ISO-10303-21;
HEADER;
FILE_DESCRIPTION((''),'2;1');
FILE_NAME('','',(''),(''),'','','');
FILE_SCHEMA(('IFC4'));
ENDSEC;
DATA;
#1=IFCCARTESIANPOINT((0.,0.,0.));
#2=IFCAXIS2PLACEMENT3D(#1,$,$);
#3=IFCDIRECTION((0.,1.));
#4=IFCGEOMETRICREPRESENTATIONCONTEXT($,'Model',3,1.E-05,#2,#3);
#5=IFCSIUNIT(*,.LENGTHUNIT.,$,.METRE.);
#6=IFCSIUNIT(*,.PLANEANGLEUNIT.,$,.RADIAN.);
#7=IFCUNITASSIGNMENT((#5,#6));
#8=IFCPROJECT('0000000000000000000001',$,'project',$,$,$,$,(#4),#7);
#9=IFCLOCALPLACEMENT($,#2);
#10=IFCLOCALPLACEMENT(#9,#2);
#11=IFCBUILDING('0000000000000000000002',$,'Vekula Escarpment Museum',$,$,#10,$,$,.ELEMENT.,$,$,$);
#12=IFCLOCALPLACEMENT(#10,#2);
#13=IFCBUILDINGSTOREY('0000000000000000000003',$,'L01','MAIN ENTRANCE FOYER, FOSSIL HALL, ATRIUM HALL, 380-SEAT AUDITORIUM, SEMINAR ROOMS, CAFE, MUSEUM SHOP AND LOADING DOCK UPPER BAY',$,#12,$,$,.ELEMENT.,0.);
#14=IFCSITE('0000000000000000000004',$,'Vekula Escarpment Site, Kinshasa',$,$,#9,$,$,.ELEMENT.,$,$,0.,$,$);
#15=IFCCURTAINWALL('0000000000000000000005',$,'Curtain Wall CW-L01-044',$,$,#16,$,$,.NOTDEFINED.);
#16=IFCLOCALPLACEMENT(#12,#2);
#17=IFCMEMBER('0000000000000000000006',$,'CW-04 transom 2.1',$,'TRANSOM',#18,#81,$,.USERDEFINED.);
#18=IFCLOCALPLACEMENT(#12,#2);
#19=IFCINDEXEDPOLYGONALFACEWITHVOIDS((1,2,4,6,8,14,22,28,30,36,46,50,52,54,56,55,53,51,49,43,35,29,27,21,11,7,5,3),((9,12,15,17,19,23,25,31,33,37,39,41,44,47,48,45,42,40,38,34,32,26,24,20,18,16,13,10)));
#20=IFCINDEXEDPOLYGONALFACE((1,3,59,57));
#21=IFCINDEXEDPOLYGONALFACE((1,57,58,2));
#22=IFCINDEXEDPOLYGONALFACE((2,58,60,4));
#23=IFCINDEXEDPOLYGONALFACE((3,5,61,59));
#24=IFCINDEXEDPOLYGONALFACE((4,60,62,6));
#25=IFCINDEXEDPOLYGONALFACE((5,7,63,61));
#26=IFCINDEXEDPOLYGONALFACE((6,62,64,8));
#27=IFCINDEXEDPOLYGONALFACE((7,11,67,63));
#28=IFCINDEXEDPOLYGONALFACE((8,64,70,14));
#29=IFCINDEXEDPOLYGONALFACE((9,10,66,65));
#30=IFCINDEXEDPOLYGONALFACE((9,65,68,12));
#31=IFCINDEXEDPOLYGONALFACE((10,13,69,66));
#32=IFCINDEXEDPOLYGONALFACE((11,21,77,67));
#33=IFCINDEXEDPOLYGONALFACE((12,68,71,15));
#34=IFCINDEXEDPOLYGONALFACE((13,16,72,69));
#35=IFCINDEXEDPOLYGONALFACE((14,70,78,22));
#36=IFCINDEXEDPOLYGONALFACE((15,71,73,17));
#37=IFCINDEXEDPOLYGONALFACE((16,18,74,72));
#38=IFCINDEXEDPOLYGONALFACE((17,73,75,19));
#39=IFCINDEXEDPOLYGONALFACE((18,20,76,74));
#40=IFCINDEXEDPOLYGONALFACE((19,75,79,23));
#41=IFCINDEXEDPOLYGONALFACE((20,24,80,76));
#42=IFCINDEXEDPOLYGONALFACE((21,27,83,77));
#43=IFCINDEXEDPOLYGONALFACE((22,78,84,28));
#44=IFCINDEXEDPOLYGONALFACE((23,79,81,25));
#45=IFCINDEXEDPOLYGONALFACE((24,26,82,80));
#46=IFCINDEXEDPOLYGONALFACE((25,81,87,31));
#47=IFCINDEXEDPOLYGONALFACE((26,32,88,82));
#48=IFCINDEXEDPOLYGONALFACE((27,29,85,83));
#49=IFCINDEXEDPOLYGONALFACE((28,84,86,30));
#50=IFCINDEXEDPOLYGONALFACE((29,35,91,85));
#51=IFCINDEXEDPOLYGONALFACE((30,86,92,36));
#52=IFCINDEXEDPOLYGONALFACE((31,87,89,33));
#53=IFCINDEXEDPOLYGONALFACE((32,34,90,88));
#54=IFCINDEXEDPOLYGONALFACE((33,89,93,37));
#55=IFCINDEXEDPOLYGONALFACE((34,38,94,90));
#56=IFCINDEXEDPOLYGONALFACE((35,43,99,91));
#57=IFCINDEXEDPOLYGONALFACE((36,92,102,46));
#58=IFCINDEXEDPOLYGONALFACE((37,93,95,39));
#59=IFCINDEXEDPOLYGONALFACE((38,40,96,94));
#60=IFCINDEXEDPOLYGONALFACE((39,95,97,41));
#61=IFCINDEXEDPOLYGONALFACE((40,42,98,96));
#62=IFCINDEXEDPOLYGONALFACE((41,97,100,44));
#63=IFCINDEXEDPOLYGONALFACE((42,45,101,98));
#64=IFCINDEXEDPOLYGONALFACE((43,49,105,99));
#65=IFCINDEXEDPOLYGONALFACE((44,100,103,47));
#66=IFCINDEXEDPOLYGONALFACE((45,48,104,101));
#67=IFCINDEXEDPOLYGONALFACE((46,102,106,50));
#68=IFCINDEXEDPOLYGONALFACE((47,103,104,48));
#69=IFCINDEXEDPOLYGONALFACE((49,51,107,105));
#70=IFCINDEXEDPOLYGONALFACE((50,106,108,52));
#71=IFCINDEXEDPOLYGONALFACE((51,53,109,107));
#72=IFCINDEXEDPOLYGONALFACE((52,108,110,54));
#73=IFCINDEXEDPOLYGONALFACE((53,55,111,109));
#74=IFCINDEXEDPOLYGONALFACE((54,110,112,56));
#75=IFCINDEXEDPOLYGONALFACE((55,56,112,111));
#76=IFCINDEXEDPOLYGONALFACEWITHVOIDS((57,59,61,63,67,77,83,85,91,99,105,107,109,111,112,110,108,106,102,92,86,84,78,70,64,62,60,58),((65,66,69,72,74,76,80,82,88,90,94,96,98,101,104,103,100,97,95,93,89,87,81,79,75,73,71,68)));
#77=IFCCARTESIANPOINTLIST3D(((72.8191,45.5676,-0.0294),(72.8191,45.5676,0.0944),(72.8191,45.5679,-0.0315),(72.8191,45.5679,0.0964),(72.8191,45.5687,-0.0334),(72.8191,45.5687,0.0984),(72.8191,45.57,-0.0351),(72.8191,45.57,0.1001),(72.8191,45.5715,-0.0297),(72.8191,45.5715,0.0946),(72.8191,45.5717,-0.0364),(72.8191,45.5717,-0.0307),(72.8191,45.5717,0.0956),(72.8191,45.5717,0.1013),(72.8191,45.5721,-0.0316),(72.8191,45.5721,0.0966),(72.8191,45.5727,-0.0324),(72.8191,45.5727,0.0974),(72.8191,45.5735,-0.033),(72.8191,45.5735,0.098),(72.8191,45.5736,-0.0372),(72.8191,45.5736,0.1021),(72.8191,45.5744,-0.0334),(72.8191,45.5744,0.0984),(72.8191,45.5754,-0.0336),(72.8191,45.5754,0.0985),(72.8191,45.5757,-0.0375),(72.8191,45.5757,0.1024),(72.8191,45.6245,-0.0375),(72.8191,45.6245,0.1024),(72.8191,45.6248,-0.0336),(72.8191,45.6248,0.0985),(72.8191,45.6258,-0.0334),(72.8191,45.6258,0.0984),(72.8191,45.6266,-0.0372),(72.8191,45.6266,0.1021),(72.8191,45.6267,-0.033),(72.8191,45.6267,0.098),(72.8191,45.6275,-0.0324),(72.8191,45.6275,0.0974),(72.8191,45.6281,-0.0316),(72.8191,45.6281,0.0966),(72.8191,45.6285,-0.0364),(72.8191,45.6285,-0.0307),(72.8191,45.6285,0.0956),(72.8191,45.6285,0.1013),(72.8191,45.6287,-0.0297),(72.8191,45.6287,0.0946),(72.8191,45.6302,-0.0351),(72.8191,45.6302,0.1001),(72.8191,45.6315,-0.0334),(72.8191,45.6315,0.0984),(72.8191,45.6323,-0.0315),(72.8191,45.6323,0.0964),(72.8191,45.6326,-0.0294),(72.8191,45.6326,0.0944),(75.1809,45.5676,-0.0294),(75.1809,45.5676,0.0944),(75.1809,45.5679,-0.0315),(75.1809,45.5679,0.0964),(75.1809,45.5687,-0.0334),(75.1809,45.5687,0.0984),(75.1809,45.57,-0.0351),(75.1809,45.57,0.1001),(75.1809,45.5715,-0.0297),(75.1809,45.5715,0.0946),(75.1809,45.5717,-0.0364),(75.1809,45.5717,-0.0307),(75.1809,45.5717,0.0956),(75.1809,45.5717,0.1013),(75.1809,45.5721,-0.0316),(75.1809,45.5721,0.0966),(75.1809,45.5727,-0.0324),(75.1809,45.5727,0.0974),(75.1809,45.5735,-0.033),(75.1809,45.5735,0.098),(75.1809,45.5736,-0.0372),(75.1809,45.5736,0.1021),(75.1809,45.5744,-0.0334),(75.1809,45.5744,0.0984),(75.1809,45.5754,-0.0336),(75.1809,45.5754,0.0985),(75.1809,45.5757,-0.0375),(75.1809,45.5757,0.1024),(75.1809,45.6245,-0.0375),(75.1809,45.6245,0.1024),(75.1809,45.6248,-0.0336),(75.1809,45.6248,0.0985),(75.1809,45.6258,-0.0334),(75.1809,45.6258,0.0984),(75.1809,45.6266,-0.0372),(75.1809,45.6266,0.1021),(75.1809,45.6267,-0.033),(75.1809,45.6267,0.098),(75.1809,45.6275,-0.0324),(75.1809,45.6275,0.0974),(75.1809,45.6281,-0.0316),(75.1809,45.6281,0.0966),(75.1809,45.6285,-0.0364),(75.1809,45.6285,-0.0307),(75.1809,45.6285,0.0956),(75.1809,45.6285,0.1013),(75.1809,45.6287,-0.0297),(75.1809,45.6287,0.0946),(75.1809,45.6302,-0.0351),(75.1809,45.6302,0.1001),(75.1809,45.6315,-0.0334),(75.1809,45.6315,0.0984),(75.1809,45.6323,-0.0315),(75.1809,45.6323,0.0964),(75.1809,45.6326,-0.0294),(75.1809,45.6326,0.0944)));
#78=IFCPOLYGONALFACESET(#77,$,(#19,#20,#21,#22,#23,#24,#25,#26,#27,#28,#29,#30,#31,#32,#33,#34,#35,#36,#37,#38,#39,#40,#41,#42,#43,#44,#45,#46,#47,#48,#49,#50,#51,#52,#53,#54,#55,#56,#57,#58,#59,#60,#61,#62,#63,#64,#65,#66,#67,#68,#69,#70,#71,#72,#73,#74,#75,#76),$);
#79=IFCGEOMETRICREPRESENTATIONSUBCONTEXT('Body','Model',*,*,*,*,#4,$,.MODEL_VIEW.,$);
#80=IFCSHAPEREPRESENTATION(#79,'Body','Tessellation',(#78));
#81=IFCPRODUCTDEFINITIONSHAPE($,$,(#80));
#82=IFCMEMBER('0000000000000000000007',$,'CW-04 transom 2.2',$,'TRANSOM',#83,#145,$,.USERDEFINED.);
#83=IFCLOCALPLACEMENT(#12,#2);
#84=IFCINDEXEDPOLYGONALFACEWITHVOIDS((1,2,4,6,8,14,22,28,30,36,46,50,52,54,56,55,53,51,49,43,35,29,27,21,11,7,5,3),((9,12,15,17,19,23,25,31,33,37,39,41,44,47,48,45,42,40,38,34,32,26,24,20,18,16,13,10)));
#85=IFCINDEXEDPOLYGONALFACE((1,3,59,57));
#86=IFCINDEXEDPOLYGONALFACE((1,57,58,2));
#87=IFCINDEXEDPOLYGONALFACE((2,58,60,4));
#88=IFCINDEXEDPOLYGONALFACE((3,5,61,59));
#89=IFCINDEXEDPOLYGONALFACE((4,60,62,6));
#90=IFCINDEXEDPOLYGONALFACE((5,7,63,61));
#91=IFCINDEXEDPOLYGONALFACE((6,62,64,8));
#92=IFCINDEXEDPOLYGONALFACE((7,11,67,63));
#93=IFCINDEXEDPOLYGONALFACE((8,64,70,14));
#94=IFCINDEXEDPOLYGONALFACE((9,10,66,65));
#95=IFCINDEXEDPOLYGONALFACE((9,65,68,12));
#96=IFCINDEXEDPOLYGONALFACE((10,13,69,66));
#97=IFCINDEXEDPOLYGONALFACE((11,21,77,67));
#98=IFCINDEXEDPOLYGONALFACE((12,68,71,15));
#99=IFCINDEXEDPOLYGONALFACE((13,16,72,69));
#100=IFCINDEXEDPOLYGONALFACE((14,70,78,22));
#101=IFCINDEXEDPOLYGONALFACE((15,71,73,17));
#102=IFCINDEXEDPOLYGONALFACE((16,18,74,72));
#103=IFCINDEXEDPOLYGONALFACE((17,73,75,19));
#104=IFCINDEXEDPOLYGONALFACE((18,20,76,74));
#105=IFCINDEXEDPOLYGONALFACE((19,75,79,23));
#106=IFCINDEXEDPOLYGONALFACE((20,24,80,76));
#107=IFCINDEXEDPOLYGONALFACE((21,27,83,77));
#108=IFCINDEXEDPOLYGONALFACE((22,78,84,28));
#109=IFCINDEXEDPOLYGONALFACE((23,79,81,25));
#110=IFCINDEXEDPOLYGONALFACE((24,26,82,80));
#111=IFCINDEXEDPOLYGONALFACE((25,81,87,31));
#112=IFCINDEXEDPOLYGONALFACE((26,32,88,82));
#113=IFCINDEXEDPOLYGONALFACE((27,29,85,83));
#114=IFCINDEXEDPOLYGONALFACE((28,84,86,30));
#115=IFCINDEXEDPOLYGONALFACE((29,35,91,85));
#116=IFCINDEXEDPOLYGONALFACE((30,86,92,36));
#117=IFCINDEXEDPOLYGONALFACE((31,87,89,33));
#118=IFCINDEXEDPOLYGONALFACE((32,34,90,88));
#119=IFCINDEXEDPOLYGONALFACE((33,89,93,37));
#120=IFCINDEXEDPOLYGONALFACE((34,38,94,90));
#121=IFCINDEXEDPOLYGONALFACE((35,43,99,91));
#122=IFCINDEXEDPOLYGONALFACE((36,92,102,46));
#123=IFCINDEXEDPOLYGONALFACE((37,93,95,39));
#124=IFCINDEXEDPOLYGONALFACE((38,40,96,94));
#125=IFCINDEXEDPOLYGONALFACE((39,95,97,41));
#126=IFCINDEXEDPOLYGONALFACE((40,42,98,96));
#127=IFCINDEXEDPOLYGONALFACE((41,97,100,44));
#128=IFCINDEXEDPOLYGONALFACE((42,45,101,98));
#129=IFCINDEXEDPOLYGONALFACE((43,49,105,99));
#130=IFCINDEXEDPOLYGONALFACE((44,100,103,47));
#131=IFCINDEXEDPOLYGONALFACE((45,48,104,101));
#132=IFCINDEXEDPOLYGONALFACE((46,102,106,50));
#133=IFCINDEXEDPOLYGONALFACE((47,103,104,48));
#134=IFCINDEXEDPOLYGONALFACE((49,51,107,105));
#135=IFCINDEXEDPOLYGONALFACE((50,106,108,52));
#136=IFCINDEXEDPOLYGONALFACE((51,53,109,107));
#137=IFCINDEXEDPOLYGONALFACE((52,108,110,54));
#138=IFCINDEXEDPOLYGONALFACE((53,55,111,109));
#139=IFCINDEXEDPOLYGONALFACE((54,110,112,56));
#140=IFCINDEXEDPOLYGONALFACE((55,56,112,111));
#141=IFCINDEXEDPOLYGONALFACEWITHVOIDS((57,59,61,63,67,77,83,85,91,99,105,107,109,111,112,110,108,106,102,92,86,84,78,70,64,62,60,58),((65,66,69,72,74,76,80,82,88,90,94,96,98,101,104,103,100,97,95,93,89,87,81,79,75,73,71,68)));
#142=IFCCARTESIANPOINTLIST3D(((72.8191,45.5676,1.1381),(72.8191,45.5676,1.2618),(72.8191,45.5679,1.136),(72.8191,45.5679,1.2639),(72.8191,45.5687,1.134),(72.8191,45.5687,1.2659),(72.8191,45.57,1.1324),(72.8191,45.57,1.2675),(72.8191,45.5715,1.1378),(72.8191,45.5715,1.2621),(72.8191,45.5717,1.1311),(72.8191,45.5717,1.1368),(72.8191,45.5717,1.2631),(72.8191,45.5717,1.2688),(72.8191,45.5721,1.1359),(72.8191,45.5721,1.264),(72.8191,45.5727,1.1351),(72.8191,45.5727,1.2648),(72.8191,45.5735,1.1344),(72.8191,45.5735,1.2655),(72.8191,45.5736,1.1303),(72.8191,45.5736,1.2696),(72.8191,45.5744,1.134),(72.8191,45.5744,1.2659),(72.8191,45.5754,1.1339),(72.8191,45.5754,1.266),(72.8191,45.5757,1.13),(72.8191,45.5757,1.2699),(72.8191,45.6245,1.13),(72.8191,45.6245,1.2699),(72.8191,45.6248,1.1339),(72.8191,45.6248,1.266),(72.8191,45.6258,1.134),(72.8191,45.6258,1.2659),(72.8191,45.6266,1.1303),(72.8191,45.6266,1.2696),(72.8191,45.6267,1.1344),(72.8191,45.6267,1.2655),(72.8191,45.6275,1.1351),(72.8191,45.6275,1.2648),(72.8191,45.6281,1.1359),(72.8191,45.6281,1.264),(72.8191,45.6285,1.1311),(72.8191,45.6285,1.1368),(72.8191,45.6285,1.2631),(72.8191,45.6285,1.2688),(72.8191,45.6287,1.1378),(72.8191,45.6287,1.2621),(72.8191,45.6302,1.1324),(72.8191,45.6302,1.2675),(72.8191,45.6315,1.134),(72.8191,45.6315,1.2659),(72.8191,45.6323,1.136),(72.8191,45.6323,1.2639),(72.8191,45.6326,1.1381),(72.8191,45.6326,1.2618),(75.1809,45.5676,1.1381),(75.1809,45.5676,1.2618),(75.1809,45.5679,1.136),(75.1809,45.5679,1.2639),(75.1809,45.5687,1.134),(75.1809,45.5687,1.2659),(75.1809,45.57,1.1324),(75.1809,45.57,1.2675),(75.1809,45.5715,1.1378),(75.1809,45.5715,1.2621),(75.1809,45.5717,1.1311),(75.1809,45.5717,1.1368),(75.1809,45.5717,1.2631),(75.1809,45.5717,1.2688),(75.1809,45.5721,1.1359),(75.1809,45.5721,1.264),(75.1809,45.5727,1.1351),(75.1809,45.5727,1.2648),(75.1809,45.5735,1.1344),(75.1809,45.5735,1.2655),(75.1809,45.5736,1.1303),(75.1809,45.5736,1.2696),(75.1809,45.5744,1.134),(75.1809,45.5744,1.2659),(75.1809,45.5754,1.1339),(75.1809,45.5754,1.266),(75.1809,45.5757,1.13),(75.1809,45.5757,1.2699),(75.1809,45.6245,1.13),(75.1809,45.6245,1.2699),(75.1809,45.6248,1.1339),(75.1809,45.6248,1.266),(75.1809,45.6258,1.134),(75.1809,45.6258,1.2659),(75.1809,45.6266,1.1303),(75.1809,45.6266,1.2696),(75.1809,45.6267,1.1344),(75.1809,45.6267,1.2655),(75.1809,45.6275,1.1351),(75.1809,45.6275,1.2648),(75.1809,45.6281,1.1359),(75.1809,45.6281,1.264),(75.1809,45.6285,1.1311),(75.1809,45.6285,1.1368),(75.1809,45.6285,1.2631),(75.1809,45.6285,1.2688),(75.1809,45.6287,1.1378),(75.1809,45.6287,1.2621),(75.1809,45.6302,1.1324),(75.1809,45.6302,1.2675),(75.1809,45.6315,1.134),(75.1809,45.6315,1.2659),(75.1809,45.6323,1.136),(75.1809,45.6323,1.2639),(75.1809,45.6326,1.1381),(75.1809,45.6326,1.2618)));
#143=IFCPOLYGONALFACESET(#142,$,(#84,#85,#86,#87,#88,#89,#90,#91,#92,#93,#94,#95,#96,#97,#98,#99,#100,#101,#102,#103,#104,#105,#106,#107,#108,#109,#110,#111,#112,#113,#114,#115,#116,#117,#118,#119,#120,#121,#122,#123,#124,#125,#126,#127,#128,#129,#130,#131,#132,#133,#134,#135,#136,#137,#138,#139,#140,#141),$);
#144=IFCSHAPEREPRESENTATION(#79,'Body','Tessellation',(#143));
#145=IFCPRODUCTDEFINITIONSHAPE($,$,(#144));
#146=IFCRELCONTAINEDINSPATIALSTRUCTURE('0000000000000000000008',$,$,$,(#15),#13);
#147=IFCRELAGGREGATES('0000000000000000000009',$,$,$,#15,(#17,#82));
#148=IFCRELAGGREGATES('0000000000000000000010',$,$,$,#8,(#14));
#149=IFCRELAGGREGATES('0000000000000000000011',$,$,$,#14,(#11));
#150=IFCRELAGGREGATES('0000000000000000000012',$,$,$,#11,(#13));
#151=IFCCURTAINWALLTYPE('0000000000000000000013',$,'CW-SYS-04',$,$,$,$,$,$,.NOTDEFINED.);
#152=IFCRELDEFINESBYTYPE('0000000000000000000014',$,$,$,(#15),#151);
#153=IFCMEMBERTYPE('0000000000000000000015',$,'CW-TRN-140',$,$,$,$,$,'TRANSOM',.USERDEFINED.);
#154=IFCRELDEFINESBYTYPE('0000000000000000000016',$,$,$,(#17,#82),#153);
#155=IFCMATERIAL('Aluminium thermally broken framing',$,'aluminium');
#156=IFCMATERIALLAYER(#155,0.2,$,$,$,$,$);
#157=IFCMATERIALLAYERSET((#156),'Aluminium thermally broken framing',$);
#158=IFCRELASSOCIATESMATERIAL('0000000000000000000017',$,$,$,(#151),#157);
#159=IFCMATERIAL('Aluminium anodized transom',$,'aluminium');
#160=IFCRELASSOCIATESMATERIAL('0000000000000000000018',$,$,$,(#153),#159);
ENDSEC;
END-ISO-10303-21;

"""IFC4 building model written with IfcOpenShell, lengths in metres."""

from ifc_helpers import new_model, si_unit, direction, frame, origin, origin_2d, place, context, subcontext, project, spatial, hollow_rectangle, extrude, material, layer, layer_set, material_profile, profile_set, type_object, element, aggregate, save


model = new_model("IFC4")

# Units and contexts
model_context = context("Model", 3, precision=1e-05, world=origin(), true_north=direction((0.0, 1.0)))
body_context = subcontext(model_context, "Body", "Model", "MODEL_VIEW")
ifc_project = project(units=[si_unit("LENGTHUNIT", "METRE"), si_unit("PLANEANGLEUNIT", "RADIAN")], contexts=[model_context])

# Site, building, storey
site_placement = place(None, origin())
site = spatial("IfcSite", under=ifc_project, at=site_placement, Name="Vekula Escarpment Site, Kinshasa", CompositionType="ELEMENT", RefElevation=0.0)
building_placement = place(site_placement, origin())
building = spatial("IfcBuilding", under=site, at=building_placement, Name="Vekula Escarpment Museum", CompositionType="ELEMENT")
storey_placement = place(building_placement, origin())
storey = spatial("IfcBuildingStorey", under=building, at=storey_placement, Name="L01", Description="MAIN ENTRANCE FOYER, FOSSIL HALL, ATRIUM HALL, 380-SEAT AUDITORIUM, SEMINAR ROOMS, CAFE, MUSEUM SHOP AND LOADING DOCK UPPER BAY", CompositionType="ELEMENT", Elevation=0.0)

# Curtain wall, members
ifc_material_1 = material(Name="Aluminium thermally broken framing", Category="aluminium")
ifc_layer_1 = layer(ifc_material_1, 0.2)
ifc_layer_set_1 = layer_set([ifc_layer_1], Name="Aluminium thermally broken framing")
curtain_wall_type = type_object("IfcCurtainWallType", Name="CW-SYS-04", PredefinedType="NOTDEFINED", material=ifc_layer_set_1)
curtain_wall_placement = place(storey_placement, origin())
curtain_wall = element("IfcCurtainWall", 1, at=curtain_wall_placement, inside=storey, type_object=curtain_wall_type, Name="Curtain Wall CW-L01-044", PredefinedType="NOTDEFINED")
ifc_material_2 = material(Name="Aluminium anodized transom", Category="aluminium")
ifc_material_profile_1 = material_profile(ifc_material_2, hollow_rectangle(XDim=0.0649, YDim=0.1399, WallThickness=0.0039, InnerFilletRadius=0.0039, OuterFilletRadius=0.0081, at=origin_2d()), Name="ALU 140x65x4")
ifc_profile_set_1 = profile_set([ifc_material_profile_1], Name="Aluminium anodized transom")
member_type_1 = type_object("IfcMemberType", Name="CW-TRN-140", ElementType="TRANSOM", PredefinedType="USERDEFINED", material=ifc_profile_set_1)
member_1_placement = place(storey_placement, frame((72.8191, 45.6001, 0.0325), z_axis=(1.0, 0.0, 0.0), x_axis=(0.0, 1.0, 0.0)))
member_1 = element("IfcMember", 2, at=member_1_placement, type_object=member_type_1, Name="CW-04 transom 2.1", ObjectType="TRANSOM", PredefinedType="USERDEFINED", context=body_context, shape_type="SweptSolid", body=[
    extrude(hollow_rectangle(XDim=0.0649, YDim=0.1399, WallThickness=0.0039, InnerFilletRadius=0.0039, OuterFilletRadius=0.0081, at=origin_2d()), origin(), (0.0, 0.0, 1.0), 2.3618),
])
member_2_placement = place(storey_placement, frame((72.8191, 45.6001, 1.2), z_axis=(1.0, 0.0, 0.0), x_axis=(0.0, 1.0, 0.0)))
member_2 = element("IfcMember", 3, at=member_2_placement, type_object=member_type_1, Name="CW-04 transom 2.2", ObjectType="TRANSOM", PredefinedType="USERDEFINED", context=body_context, shape_type="SweptSolid", body=[
    extrude(hollow_rectangle(XDim=0.0649, YDim=0.1399, WallThickness=0.0039, InnerFilletRadius=0.0039, OuterFilletRadius=0.0081, at=origin_2d()), origin(), (0.0, 0.0, 1.0), 2.3618),
])

aggregate(curtain_wall, [member_1, member_2])

save(model, "model.ifc")
